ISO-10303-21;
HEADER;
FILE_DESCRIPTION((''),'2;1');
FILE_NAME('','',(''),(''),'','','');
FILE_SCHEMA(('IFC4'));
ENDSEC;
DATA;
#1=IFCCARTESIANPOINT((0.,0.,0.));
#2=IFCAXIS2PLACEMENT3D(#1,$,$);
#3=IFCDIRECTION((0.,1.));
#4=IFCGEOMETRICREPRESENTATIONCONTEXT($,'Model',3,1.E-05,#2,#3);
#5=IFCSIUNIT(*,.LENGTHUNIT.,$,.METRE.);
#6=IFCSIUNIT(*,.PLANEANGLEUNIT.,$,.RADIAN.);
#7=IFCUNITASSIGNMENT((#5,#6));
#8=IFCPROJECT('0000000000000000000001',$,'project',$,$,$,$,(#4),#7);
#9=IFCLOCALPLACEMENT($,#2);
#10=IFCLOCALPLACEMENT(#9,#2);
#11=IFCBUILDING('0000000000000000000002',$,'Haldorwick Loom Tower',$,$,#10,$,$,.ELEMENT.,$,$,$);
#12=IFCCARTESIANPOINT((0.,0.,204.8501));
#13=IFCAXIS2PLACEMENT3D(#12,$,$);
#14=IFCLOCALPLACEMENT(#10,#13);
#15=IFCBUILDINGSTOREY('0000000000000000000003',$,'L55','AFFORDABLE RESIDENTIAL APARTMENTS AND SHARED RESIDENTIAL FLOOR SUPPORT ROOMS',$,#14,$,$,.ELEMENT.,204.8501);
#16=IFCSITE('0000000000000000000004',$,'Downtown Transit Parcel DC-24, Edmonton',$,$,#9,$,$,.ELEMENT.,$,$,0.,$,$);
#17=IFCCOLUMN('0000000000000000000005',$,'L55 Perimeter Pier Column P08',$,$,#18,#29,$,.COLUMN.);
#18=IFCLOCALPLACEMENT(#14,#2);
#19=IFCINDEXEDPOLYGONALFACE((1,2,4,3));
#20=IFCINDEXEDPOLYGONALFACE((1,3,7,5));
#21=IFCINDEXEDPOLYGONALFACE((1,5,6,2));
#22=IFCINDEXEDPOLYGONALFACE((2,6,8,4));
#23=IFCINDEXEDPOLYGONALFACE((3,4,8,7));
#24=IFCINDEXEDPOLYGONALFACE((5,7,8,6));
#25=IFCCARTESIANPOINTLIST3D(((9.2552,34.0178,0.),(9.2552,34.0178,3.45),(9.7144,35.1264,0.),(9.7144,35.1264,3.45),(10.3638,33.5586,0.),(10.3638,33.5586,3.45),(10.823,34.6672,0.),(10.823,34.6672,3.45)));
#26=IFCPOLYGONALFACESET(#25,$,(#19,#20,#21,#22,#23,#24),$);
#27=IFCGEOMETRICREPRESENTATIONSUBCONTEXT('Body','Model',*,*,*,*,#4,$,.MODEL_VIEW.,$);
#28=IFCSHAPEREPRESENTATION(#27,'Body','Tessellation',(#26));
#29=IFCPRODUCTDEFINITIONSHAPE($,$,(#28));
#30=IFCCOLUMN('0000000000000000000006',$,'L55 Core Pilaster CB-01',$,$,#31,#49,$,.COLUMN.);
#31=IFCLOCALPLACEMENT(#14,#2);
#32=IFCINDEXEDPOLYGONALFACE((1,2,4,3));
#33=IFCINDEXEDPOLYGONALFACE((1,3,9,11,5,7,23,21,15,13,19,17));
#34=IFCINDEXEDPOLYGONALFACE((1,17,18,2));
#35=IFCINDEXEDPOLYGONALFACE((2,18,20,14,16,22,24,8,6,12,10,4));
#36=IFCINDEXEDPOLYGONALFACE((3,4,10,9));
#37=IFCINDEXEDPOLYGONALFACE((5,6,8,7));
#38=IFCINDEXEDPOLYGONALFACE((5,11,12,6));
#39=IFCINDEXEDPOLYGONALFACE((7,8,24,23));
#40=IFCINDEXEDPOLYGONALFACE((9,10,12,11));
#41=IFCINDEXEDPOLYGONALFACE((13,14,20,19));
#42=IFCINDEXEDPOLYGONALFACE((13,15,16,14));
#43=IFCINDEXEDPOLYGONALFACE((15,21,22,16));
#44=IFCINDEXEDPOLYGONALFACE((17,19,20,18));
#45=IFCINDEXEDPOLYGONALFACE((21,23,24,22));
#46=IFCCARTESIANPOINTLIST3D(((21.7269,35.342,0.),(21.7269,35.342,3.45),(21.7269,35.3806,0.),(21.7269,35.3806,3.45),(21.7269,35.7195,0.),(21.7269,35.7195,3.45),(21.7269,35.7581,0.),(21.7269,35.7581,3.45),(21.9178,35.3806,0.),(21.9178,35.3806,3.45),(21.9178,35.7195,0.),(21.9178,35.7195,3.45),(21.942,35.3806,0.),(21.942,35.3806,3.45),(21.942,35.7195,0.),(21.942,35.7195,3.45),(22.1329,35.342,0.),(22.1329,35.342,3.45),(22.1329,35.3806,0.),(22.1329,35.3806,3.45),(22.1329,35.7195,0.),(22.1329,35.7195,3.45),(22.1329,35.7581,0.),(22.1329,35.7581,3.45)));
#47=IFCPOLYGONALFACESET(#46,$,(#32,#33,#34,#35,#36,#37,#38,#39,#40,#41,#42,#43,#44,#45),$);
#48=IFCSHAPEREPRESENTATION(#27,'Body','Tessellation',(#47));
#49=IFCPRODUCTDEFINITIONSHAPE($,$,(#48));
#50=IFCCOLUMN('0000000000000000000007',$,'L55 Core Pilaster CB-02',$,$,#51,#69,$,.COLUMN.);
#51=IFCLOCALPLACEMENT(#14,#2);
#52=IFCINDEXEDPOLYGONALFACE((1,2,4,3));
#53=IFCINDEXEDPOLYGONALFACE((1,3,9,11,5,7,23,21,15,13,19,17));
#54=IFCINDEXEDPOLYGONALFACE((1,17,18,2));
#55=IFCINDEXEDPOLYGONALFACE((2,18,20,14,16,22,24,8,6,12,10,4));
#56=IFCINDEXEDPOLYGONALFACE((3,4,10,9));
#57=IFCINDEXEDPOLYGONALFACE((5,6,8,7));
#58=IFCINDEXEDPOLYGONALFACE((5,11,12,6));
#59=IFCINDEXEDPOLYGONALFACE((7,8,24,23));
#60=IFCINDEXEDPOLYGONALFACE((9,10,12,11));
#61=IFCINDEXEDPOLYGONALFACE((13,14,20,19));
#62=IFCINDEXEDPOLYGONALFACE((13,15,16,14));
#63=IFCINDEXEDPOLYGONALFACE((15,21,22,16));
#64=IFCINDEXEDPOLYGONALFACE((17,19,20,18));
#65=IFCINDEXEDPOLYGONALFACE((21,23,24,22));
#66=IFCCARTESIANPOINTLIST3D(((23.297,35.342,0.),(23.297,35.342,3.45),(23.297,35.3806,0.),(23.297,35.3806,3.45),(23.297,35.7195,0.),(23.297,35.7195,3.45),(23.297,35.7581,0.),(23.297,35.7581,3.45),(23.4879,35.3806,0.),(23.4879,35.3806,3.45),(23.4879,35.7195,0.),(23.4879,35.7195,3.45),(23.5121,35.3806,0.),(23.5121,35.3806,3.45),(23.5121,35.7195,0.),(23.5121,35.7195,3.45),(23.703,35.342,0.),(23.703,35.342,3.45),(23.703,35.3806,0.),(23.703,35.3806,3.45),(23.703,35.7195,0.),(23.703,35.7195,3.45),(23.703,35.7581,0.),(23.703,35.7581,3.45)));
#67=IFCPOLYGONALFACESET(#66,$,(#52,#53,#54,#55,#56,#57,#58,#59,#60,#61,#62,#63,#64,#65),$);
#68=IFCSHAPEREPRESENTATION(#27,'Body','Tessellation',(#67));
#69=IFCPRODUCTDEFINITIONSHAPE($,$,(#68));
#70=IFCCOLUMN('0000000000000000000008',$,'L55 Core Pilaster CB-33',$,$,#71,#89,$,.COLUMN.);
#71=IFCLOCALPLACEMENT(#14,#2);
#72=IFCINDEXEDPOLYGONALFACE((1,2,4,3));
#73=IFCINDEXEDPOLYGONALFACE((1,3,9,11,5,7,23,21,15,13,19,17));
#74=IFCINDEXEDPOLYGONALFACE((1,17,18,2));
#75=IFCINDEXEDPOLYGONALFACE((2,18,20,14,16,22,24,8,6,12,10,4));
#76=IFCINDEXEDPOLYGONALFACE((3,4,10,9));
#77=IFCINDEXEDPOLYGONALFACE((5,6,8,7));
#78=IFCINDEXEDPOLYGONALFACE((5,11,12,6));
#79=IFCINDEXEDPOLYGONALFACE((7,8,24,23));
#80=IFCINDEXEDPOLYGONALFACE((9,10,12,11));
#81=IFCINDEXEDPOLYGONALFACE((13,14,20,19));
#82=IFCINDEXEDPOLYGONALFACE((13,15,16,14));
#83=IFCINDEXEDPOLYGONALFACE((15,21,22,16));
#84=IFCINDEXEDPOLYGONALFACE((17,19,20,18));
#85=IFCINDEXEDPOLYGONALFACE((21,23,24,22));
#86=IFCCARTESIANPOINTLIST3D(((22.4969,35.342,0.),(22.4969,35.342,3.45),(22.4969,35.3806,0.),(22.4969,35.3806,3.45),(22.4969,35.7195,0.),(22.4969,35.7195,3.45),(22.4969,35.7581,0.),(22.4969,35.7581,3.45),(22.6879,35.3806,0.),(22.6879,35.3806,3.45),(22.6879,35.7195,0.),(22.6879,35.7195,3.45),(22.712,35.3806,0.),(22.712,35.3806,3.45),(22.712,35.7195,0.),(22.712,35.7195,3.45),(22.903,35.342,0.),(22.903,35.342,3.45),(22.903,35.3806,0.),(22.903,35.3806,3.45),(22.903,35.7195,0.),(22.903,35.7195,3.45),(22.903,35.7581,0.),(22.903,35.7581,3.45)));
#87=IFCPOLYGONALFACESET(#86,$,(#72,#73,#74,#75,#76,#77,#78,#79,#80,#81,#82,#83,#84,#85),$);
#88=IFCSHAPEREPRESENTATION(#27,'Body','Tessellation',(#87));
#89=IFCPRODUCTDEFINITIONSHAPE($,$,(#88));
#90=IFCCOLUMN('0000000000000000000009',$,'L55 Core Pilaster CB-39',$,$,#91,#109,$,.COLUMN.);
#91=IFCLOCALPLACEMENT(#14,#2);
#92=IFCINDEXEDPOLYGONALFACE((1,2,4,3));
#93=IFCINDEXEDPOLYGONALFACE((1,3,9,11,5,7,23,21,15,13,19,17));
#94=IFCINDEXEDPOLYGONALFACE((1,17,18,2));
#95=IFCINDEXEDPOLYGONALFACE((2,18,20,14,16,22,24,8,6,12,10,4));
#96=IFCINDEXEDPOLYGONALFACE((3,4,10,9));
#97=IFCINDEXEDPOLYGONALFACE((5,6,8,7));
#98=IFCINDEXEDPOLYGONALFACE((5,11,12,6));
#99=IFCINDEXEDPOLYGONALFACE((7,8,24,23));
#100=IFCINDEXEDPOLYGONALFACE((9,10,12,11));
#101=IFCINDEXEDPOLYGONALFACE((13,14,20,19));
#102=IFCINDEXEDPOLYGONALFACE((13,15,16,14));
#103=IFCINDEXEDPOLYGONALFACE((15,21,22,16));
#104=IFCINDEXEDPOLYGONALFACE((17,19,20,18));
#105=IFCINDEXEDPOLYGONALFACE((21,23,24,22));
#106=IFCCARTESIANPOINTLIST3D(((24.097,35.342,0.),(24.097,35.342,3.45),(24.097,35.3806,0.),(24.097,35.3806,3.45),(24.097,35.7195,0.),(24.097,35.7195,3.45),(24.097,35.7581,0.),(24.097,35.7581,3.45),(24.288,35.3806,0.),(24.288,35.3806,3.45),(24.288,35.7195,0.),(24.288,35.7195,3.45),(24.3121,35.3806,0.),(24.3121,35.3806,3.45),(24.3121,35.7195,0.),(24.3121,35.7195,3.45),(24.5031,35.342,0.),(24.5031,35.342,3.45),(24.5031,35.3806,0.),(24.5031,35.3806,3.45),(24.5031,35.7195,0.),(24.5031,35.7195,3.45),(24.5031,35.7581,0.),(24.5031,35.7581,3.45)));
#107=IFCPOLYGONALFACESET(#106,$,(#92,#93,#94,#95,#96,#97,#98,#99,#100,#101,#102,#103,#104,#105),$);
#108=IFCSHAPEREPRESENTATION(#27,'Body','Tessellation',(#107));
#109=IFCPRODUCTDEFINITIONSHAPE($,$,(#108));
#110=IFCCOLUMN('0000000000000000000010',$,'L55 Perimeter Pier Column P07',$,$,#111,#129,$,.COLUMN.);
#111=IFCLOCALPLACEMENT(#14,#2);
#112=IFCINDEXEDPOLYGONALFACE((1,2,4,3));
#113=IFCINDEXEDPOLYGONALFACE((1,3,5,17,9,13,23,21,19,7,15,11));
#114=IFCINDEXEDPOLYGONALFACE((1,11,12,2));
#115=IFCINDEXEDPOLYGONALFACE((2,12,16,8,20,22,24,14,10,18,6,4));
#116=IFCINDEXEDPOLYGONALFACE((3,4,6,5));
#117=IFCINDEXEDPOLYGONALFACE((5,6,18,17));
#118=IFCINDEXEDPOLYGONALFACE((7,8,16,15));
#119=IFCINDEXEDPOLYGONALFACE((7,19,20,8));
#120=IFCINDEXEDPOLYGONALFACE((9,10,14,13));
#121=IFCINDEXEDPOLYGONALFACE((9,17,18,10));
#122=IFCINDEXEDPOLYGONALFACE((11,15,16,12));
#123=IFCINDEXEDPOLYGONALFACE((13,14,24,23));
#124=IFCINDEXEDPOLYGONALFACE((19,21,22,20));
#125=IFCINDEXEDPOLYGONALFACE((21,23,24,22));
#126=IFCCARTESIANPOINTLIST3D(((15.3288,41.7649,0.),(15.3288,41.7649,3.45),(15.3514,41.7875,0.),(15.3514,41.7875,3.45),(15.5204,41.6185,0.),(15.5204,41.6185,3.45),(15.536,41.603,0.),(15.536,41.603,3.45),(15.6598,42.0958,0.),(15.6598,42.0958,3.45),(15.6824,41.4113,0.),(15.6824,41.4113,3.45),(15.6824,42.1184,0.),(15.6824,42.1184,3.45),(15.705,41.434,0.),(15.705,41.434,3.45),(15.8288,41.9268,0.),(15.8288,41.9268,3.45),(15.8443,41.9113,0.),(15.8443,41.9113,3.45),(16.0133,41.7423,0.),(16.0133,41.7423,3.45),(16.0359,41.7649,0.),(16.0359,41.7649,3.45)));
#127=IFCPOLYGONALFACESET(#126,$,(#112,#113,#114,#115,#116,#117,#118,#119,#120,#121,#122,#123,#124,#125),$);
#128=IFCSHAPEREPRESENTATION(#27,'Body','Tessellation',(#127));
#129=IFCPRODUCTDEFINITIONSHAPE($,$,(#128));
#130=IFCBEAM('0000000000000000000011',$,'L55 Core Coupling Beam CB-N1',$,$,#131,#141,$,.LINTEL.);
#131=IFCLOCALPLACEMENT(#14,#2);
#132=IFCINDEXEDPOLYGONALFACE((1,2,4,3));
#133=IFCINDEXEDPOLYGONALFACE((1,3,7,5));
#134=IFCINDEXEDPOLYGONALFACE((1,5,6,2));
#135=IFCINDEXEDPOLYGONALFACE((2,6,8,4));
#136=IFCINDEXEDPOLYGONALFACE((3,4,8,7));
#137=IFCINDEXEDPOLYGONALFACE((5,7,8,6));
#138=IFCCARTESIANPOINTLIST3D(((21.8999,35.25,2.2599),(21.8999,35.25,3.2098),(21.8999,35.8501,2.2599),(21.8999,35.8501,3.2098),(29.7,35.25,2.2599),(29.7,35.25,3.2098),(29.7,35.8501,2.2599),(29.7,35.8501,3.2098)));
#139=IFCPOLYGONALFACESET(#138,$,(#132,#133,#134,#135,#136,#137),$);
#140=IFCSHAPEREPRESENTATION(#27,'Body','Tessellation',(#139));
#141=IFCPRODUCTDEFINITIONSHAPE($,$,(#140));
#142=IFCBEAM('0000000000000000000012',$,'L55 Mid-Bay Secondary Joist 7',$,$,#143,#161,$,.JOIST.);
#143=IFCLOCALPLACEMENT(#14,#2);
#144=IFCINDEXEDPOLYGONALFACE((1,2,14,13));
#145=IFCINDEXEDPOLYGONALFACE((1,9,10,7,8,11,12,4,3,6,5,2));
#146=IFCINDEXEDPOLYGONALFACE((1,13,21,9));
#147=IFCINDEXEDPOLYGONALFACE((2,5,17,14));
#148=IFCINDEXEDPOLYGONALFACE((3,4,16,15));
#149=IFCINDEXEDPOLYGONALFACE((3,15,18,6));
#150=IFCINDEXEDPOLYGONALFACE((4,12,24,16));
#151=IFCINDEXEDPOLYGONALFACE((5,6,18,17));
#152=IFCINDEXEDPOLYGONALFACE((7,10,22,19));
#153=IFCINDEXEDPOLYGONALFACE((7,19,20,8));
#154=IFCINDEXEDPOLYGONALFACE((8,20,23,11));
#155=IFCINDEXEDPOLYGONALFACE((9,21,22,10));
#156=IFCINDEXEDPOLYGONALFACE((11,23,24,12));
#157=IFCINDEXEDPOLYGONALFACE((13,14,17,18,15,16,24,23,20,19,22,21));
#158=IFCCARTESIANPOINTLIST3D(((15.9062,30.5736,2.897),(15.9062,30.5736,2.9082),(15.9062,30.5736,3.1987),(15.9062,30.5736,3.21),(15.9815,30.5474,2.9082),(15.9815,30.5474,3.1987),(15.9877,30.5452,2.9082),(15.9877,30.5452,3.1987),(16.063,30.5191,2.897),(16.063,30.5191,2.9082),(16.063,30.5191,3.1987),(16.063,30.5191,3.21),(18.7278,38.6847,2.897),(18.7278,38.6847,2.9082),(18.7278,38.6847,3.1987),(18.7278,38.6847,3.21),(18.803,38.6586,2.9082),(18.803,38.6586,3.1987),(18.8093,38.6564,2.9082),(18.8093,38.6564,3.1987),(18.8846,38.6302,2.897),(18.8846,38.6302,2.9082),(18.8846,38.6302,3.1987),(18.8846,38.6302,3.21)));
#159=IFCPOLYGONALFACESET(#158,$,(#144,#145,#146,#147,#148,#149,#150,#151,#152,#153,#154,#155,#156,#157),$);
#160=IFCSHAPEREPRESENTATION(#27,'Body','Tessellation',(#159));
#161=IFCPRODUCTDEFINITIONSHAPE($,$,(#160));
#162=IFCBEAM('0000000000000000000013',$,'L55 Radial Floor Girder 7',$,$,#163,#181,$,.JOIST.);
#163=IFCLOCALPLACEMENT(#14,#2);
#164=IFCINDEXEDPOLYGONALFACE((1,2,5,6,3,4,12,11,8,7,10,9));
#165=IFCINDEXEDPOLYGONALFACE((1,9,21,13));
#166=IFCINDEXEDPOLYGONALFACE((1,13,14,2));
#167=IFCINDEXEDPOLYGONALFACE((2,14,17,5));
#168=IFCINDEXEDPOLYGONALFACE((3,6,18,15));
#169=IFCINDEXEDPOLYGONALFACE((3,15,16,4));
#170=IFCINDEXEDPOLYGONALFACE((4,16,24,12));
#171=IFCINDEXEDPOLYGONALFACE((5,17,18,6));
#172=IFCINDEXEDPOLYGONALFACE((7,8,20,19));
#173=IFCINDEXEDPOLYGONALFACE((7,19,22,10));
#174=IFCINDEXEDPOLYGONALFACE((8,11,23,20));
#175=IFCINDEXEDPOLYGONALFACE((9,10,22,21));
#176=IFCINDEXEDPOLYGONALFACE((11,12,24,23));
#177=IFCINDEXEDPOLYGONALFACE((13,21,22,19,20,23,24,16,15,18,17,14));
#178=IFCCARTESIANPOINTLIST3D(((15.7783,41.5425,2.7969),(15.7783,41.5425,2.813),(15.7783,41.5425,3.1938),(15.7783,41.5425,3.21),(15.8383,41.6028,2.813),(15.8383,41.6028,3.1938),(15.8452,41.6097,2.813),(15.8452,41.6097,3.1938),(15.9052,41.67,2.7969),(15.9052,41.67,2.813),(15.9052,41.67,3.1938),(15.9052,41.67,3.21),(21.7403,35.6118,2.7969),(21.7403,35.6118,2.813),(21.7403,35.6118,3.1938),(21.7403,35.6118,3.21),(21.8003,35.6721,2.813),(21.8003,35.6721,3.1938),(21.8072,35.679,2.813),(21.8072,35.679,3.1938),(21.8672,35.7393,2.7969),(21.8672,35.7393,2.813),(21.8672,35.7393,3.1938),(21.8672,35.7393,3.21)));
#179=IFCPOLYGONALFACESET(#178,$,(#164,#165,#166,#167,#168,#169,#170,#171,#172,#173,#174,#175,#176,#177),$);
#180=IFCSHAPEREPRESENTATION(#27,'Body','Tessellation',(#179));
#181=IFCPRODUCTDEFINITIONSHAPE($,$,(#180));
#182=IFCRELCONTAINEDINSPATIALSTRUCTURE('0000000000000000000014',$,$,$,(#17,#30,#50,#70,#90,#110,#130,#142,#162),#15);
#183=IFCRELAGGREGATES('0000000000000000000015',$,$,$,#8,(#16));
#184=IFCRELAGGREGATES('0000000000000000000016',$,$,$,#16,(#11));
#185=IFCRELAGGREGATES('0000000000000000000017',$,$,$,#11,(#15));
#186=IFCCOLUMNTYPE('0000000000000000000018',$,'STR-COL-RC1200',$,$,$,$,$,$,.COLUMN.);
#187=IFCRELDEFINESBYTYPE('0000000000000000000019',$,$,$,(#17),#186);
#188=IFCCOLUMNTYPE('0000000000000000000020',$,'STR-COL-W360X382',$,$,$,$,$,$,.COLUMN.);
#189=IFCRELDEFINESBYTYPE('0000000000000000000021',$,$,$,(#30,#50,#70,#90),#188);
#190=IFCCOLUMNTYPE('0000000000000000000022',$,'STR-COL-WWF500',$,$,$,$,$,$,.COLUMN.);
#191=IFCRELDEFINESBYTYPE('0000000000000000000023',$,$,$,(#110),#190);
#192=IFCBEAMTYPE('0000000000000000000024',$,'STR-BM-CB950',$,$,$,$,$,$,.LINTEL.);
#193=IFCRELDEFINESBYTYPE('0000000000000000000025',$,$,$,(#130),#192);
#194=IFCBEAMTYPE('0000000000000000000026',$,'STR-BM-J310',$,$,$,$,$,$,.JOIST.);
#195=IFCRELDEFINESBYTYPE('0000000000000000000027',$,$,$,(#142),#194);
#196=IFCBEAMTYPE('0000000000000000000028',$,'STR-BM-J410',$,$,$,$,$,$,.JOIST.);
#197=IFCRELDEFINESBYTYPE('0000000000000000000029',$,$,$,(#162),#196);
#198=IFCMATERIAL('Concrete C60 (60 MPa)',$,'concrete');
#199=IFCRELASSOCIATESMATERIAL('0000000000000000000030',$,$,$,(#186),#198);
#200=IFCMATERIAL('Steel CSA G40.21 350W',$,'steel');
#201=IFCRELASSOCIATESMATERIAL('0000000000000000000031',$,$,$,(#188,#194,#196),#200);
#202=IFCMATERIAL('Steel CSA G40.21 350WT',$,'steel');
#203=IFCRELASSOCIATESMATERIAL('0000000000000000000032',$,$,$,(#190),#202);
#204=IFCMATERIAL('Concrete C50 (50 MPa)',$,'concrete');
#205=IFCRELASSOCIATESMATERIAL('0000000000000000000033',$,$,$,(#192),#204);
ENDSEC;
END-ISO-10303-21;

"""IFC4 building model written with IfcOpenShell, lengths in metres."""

from ifc_helpers import new_model, si_unit, direction, frame, origin, origin_2d, place, context, subcontext, project, spatial, rectangle, i_section, extrude, material, material_profile, profile_set, type_object, element, save


model = new_model("IFC4")

# Units and contexts
model_context = context("Model", 3, precision=1e-05, world=origin(), true_north=direction((0.0, 1.0)))
body_context = subcontext(model_context, "Body", "Model", "MODEL_VIEW")
ifc_project = project(units=[si_unit("LENGTHUNIT", "METRE"), si_unit("PLANEANGLEUNIT", "RADIAN")], contexts=[model_context])

# Site, building, storey
site_placement = place(None, origin())
site = spatial("IfcSite", under=ifc_project, at=site_placement, Name="Downtown Transit Parcel DC-24, Edmonton", CompositionType="ELEMENT", RefElevation=0.0)
building_placement = place(site_placement, origin())
building = spatial("IfcBuilding", under=site, at=building_placement, Name="Haldorwick Loom Tower", CompositionType="ELEMENT")
storey_placement = place(building_placement, frame((0.0, 0.0, 204.8501)))
storey = spatial("IfcBuildingStorey", under=building, at=storey_placement, Name="L55", Description="AFFORDABLE RESIDENTIAL APARTMENTS AND SHARED RESIDENTIAL FLOOR SUPPORT ROOMS", CompositionType="ELEMENT", Elevation=204.8501)

# Columns
ifc_material_1 = material(Name="Concrete C60 (60 MPa)", Category="concrete")
ifc_material_profile_1 = material_profile(ifc_material_1, rectangle(XDim=1.2, YDim=1.2, at=origin_2d()), Name="RC1200X1200", Category="concrete")
ifc_profile_set_1 = profile_set([ifc_material_profile_1], Name="Concrete C60 (60 MPa)")
column_type_1 = type_object("IfcColumnType", Name="STR-COL-RC1200", PredefinedType="COLUMN", material=ifc_profile_set_1)
column_1_placement = place(storey_placement, frame((10.0391, 34.3425, 0.0), z_axis=(0.0, 0.0, 1.0), x_axis=(-0.92388, 0.382683, 0.0)))
element("IfcColumn", 1, at=column_1_placement, inside=storey, type_object=column_type_1, Name="L55 Perimeter Pier Column P08", PredefinedType="COLUMN", context=body_context, shape_type="SweptSolid", body=[
    extrude(rectangle(XDim=1.2, YDim=1.2, at=origin_2d()), origin(), (0.0, 0.0, 1.0), 3.45),
])
ifc_material_2 = material(Name="Steel CSA G40.21 350W", Category="steel")
ifc_material_profile_2 = material_profile(ifc_material_2, i_section(OverallWidth=0.406, OverallDepth=0.416, WebThickness=0.0242, FlangeThickness=0.0386, at=origin_2d()), Name="W360X382", Category="steel")
ifc_profile_set_2 = profile_set([ifc_material_profile_2], Name="Steel CSA G40.21 350W")
column_type_2 = type_object("IfcColumnType", Name="STR-COL-W360X382", PredefinedType="COLUMN", material=ifc_profile_set_2)
for number, where, z_axis, x_axis, name in (
    (2, (21.9299, 35.55, 0.0), (0.0, 0.0, 1.0), (1.0, 0.0, 0.0), "L55 Core Pilaster CB-01"),
    (3, (23.5, 35.55, 0.0), (0.0, 0.0, 1.0), (1.0, 0.0, 0.0), "L55 Core Pilaster CB-02"),
    (4, (22.7, 35.55, 0.0), (0.0, 0.0, 1.0), (1.0, 0.0, 0.0), "L55 Core Pilaster CB-33"),
    (5, (24.3, 35.55, 0.0), (0.0, 0.0, 1.0), (1.0, 0.0, 0.0), "L55 Core Pilaster CB-39"),
):
    element("IfcColumn", number, at=place(storey_placement, frame(where, z_axis=z_axis, x_axis=x_axis)), inside=storey, type_object=column_type_2, Name=name, PredefinedType="COLUMN", context=body_context, shape_type="SweptSolid", body=[
        extrude(i_section(OverallWidth=0.406, OverallDepth=0.416, WebThickness=0.0242, FlangeThickness=0.0386, at=origin_2d()), origin(), (0.0, 0.0, 1.0), 3.45),
    ])
ifc_material_3 = material(Name="Steel CSA G40.21 350WT", Category="steel")
ifc_material_profile_3 = material_profile(ifc_material_3, i_section(OverallWidth=0.5, OverallDepth=0.5, WebThickness=0.022, FlangeThickness=0.032, at=origin_2d()), Name="WWF500X500", Category="steel")
ifc_profile_set_3 = profile_set([ifc_material_profile_3], Name="Steel CSA G40.21 350WT")
column_type_3 = type_object("IfcColumnType", Name="STR-COL-WWF500", PredefinedType="COLUMN", material=ifc_profile_set_3)
column_2_placement = place(storey_placement, frame((15.6824, 41.7649, 0.0), z_axis=(0.0, 0.0, 1.0), x_axis=(-0.707107, 0.707107, 0.0)))
element("IfcColumn", 6, at=column_2_placement, inside=storey, type_object=column_type_3, Name="L55 Perimeter Pier Column P07", PredefinedType="COLUMN", context=body_context, shape_type="SweptSolid", body=[
    extrude(i_section(OverallWidth=0.5, OverallDepth=0.5, WebThickness=0.022, FlangeThickness=0.032, at=origin_2d()), origin(), (0.0, 0.0, 1.0), 3.45),
])

# Beams
ifc_material_4 = material(Name="Concrete C50 (50 MPa)", Category="concrete")
ifc_material_profile_4 = material_profile(ifc_material_4, rectangle(XDim=0.6001, YDim=0.95, at=origin_2d()), Name="RC600X950", Category="concrete")
ifc_profile_set_4 = profile_set([ifc_material_profile_4], Name="Concrete C50 (50 MPa)")
beam_type_1 = type_object("IfcBeamType", Name="STR-BM-CB950", PredefinedType="LINTEL", material=ifc_profile_set_4)
beam_1_placement = place(storey_placement, frame((21.8999, 35.55, 2.7349), z_axis=(1.0, 0.0, 0.0), x_axis=(0.0, 1.0, 0.0)))
element("IfcBeam", 7, at=beam_1_placement, inside=storey, type_object=beam_type_1, Name="L55 Core Coupling Beam CB-N1", PredefinedType="LINTEL", context=body_context, shape_type="SweptSolid", body=[
    extrude(rectangle(XDim=0.6001, YDim=0.95, at=origin_2d()), origin(), (0.0, 0.0, 1.0), 7.8),
])
ifc_material_profile_5 = material_profile(ifc_material_2, i_section(OverallWidth=0.166, OverallDepth=0.313, WebThickness=0.0066, FlangeThickness=0.0112, at=origin_2d()), Name="W310X45", Category="steel")
ifc_profile_set_5 = profile_set([ifc_material_profile_5], Name="Steel CSA G40.21 350W")
beam_type_2 = type_object("IfcBeamType", Name="STR-BM-J310", PredefinedType="JOIST", material=ifc_profile_set_5)
beam_2_placement = place(storey_placement, frame((18.8062, 38.6575, 3.0535), z_axis=(-0.32855, -0.944486, 0.0), x_axis=(0.944486, -0.32855, 0.0)))
element("IfcBeam", 8, at=beam_2_placement, inside=storey, type_object=beam_type_2, Name="L55 Mid-Bay Secondary Joist 7", PredefinedType="JOIST", context=body_context, shape_type="SweptSolid", body=[
    extrude(i_section(OverallWidth=0.166, OverallDepth=0.313, WebThickness=0.0066, FlangeThickness=0.0112, at=origin_2d()), origin(), (0.0, 0.0, 1.0), 8.5879),
])
ifc_material_profile_6 = material_profile(ifc_material_2, i_section(OverallWidth=0.1799, OverallDepth=0.4131, WebThickness=0.0098, FlangeThickness=0.0161, at=origin_2d()), Name="W410X74", Category="steel")
ifc_profile_set_6 = profile_set([ifc_material_profile_6], Name="Steel CSA G40.21 350W")
beam_type_3 = type_object("IfcBeamType", Name="STR-BM-J410", PredefinedType="JOIST", material=ifc_profile_set_6)
beam_3_placement = place(storey_placement, frame((21.8037, 35.6755, 3.0034), z_axis=(-0.708962, 0.705246, 0.0), x_axis=(-0.705246, -0.708962, 0.0)))
element("IfcBeam", 9, at=beam_3_placement, inside=storey, type_object=beam_type_3, Name="L55 Radial Floor Girder 7", PredefinedType="JOIST", context=body_context, shape_type="SweptSolid", body=[
    extrude(i_section(OverallWidth=0.1799, OverallDepth=0.4131, WebThickness=0.0098, FlangeThickness=0.0161, at=origin_2d()), origin(), (0.0, 0.0, 1.0), 8.4094),
])

save(model, "model.ifc")
